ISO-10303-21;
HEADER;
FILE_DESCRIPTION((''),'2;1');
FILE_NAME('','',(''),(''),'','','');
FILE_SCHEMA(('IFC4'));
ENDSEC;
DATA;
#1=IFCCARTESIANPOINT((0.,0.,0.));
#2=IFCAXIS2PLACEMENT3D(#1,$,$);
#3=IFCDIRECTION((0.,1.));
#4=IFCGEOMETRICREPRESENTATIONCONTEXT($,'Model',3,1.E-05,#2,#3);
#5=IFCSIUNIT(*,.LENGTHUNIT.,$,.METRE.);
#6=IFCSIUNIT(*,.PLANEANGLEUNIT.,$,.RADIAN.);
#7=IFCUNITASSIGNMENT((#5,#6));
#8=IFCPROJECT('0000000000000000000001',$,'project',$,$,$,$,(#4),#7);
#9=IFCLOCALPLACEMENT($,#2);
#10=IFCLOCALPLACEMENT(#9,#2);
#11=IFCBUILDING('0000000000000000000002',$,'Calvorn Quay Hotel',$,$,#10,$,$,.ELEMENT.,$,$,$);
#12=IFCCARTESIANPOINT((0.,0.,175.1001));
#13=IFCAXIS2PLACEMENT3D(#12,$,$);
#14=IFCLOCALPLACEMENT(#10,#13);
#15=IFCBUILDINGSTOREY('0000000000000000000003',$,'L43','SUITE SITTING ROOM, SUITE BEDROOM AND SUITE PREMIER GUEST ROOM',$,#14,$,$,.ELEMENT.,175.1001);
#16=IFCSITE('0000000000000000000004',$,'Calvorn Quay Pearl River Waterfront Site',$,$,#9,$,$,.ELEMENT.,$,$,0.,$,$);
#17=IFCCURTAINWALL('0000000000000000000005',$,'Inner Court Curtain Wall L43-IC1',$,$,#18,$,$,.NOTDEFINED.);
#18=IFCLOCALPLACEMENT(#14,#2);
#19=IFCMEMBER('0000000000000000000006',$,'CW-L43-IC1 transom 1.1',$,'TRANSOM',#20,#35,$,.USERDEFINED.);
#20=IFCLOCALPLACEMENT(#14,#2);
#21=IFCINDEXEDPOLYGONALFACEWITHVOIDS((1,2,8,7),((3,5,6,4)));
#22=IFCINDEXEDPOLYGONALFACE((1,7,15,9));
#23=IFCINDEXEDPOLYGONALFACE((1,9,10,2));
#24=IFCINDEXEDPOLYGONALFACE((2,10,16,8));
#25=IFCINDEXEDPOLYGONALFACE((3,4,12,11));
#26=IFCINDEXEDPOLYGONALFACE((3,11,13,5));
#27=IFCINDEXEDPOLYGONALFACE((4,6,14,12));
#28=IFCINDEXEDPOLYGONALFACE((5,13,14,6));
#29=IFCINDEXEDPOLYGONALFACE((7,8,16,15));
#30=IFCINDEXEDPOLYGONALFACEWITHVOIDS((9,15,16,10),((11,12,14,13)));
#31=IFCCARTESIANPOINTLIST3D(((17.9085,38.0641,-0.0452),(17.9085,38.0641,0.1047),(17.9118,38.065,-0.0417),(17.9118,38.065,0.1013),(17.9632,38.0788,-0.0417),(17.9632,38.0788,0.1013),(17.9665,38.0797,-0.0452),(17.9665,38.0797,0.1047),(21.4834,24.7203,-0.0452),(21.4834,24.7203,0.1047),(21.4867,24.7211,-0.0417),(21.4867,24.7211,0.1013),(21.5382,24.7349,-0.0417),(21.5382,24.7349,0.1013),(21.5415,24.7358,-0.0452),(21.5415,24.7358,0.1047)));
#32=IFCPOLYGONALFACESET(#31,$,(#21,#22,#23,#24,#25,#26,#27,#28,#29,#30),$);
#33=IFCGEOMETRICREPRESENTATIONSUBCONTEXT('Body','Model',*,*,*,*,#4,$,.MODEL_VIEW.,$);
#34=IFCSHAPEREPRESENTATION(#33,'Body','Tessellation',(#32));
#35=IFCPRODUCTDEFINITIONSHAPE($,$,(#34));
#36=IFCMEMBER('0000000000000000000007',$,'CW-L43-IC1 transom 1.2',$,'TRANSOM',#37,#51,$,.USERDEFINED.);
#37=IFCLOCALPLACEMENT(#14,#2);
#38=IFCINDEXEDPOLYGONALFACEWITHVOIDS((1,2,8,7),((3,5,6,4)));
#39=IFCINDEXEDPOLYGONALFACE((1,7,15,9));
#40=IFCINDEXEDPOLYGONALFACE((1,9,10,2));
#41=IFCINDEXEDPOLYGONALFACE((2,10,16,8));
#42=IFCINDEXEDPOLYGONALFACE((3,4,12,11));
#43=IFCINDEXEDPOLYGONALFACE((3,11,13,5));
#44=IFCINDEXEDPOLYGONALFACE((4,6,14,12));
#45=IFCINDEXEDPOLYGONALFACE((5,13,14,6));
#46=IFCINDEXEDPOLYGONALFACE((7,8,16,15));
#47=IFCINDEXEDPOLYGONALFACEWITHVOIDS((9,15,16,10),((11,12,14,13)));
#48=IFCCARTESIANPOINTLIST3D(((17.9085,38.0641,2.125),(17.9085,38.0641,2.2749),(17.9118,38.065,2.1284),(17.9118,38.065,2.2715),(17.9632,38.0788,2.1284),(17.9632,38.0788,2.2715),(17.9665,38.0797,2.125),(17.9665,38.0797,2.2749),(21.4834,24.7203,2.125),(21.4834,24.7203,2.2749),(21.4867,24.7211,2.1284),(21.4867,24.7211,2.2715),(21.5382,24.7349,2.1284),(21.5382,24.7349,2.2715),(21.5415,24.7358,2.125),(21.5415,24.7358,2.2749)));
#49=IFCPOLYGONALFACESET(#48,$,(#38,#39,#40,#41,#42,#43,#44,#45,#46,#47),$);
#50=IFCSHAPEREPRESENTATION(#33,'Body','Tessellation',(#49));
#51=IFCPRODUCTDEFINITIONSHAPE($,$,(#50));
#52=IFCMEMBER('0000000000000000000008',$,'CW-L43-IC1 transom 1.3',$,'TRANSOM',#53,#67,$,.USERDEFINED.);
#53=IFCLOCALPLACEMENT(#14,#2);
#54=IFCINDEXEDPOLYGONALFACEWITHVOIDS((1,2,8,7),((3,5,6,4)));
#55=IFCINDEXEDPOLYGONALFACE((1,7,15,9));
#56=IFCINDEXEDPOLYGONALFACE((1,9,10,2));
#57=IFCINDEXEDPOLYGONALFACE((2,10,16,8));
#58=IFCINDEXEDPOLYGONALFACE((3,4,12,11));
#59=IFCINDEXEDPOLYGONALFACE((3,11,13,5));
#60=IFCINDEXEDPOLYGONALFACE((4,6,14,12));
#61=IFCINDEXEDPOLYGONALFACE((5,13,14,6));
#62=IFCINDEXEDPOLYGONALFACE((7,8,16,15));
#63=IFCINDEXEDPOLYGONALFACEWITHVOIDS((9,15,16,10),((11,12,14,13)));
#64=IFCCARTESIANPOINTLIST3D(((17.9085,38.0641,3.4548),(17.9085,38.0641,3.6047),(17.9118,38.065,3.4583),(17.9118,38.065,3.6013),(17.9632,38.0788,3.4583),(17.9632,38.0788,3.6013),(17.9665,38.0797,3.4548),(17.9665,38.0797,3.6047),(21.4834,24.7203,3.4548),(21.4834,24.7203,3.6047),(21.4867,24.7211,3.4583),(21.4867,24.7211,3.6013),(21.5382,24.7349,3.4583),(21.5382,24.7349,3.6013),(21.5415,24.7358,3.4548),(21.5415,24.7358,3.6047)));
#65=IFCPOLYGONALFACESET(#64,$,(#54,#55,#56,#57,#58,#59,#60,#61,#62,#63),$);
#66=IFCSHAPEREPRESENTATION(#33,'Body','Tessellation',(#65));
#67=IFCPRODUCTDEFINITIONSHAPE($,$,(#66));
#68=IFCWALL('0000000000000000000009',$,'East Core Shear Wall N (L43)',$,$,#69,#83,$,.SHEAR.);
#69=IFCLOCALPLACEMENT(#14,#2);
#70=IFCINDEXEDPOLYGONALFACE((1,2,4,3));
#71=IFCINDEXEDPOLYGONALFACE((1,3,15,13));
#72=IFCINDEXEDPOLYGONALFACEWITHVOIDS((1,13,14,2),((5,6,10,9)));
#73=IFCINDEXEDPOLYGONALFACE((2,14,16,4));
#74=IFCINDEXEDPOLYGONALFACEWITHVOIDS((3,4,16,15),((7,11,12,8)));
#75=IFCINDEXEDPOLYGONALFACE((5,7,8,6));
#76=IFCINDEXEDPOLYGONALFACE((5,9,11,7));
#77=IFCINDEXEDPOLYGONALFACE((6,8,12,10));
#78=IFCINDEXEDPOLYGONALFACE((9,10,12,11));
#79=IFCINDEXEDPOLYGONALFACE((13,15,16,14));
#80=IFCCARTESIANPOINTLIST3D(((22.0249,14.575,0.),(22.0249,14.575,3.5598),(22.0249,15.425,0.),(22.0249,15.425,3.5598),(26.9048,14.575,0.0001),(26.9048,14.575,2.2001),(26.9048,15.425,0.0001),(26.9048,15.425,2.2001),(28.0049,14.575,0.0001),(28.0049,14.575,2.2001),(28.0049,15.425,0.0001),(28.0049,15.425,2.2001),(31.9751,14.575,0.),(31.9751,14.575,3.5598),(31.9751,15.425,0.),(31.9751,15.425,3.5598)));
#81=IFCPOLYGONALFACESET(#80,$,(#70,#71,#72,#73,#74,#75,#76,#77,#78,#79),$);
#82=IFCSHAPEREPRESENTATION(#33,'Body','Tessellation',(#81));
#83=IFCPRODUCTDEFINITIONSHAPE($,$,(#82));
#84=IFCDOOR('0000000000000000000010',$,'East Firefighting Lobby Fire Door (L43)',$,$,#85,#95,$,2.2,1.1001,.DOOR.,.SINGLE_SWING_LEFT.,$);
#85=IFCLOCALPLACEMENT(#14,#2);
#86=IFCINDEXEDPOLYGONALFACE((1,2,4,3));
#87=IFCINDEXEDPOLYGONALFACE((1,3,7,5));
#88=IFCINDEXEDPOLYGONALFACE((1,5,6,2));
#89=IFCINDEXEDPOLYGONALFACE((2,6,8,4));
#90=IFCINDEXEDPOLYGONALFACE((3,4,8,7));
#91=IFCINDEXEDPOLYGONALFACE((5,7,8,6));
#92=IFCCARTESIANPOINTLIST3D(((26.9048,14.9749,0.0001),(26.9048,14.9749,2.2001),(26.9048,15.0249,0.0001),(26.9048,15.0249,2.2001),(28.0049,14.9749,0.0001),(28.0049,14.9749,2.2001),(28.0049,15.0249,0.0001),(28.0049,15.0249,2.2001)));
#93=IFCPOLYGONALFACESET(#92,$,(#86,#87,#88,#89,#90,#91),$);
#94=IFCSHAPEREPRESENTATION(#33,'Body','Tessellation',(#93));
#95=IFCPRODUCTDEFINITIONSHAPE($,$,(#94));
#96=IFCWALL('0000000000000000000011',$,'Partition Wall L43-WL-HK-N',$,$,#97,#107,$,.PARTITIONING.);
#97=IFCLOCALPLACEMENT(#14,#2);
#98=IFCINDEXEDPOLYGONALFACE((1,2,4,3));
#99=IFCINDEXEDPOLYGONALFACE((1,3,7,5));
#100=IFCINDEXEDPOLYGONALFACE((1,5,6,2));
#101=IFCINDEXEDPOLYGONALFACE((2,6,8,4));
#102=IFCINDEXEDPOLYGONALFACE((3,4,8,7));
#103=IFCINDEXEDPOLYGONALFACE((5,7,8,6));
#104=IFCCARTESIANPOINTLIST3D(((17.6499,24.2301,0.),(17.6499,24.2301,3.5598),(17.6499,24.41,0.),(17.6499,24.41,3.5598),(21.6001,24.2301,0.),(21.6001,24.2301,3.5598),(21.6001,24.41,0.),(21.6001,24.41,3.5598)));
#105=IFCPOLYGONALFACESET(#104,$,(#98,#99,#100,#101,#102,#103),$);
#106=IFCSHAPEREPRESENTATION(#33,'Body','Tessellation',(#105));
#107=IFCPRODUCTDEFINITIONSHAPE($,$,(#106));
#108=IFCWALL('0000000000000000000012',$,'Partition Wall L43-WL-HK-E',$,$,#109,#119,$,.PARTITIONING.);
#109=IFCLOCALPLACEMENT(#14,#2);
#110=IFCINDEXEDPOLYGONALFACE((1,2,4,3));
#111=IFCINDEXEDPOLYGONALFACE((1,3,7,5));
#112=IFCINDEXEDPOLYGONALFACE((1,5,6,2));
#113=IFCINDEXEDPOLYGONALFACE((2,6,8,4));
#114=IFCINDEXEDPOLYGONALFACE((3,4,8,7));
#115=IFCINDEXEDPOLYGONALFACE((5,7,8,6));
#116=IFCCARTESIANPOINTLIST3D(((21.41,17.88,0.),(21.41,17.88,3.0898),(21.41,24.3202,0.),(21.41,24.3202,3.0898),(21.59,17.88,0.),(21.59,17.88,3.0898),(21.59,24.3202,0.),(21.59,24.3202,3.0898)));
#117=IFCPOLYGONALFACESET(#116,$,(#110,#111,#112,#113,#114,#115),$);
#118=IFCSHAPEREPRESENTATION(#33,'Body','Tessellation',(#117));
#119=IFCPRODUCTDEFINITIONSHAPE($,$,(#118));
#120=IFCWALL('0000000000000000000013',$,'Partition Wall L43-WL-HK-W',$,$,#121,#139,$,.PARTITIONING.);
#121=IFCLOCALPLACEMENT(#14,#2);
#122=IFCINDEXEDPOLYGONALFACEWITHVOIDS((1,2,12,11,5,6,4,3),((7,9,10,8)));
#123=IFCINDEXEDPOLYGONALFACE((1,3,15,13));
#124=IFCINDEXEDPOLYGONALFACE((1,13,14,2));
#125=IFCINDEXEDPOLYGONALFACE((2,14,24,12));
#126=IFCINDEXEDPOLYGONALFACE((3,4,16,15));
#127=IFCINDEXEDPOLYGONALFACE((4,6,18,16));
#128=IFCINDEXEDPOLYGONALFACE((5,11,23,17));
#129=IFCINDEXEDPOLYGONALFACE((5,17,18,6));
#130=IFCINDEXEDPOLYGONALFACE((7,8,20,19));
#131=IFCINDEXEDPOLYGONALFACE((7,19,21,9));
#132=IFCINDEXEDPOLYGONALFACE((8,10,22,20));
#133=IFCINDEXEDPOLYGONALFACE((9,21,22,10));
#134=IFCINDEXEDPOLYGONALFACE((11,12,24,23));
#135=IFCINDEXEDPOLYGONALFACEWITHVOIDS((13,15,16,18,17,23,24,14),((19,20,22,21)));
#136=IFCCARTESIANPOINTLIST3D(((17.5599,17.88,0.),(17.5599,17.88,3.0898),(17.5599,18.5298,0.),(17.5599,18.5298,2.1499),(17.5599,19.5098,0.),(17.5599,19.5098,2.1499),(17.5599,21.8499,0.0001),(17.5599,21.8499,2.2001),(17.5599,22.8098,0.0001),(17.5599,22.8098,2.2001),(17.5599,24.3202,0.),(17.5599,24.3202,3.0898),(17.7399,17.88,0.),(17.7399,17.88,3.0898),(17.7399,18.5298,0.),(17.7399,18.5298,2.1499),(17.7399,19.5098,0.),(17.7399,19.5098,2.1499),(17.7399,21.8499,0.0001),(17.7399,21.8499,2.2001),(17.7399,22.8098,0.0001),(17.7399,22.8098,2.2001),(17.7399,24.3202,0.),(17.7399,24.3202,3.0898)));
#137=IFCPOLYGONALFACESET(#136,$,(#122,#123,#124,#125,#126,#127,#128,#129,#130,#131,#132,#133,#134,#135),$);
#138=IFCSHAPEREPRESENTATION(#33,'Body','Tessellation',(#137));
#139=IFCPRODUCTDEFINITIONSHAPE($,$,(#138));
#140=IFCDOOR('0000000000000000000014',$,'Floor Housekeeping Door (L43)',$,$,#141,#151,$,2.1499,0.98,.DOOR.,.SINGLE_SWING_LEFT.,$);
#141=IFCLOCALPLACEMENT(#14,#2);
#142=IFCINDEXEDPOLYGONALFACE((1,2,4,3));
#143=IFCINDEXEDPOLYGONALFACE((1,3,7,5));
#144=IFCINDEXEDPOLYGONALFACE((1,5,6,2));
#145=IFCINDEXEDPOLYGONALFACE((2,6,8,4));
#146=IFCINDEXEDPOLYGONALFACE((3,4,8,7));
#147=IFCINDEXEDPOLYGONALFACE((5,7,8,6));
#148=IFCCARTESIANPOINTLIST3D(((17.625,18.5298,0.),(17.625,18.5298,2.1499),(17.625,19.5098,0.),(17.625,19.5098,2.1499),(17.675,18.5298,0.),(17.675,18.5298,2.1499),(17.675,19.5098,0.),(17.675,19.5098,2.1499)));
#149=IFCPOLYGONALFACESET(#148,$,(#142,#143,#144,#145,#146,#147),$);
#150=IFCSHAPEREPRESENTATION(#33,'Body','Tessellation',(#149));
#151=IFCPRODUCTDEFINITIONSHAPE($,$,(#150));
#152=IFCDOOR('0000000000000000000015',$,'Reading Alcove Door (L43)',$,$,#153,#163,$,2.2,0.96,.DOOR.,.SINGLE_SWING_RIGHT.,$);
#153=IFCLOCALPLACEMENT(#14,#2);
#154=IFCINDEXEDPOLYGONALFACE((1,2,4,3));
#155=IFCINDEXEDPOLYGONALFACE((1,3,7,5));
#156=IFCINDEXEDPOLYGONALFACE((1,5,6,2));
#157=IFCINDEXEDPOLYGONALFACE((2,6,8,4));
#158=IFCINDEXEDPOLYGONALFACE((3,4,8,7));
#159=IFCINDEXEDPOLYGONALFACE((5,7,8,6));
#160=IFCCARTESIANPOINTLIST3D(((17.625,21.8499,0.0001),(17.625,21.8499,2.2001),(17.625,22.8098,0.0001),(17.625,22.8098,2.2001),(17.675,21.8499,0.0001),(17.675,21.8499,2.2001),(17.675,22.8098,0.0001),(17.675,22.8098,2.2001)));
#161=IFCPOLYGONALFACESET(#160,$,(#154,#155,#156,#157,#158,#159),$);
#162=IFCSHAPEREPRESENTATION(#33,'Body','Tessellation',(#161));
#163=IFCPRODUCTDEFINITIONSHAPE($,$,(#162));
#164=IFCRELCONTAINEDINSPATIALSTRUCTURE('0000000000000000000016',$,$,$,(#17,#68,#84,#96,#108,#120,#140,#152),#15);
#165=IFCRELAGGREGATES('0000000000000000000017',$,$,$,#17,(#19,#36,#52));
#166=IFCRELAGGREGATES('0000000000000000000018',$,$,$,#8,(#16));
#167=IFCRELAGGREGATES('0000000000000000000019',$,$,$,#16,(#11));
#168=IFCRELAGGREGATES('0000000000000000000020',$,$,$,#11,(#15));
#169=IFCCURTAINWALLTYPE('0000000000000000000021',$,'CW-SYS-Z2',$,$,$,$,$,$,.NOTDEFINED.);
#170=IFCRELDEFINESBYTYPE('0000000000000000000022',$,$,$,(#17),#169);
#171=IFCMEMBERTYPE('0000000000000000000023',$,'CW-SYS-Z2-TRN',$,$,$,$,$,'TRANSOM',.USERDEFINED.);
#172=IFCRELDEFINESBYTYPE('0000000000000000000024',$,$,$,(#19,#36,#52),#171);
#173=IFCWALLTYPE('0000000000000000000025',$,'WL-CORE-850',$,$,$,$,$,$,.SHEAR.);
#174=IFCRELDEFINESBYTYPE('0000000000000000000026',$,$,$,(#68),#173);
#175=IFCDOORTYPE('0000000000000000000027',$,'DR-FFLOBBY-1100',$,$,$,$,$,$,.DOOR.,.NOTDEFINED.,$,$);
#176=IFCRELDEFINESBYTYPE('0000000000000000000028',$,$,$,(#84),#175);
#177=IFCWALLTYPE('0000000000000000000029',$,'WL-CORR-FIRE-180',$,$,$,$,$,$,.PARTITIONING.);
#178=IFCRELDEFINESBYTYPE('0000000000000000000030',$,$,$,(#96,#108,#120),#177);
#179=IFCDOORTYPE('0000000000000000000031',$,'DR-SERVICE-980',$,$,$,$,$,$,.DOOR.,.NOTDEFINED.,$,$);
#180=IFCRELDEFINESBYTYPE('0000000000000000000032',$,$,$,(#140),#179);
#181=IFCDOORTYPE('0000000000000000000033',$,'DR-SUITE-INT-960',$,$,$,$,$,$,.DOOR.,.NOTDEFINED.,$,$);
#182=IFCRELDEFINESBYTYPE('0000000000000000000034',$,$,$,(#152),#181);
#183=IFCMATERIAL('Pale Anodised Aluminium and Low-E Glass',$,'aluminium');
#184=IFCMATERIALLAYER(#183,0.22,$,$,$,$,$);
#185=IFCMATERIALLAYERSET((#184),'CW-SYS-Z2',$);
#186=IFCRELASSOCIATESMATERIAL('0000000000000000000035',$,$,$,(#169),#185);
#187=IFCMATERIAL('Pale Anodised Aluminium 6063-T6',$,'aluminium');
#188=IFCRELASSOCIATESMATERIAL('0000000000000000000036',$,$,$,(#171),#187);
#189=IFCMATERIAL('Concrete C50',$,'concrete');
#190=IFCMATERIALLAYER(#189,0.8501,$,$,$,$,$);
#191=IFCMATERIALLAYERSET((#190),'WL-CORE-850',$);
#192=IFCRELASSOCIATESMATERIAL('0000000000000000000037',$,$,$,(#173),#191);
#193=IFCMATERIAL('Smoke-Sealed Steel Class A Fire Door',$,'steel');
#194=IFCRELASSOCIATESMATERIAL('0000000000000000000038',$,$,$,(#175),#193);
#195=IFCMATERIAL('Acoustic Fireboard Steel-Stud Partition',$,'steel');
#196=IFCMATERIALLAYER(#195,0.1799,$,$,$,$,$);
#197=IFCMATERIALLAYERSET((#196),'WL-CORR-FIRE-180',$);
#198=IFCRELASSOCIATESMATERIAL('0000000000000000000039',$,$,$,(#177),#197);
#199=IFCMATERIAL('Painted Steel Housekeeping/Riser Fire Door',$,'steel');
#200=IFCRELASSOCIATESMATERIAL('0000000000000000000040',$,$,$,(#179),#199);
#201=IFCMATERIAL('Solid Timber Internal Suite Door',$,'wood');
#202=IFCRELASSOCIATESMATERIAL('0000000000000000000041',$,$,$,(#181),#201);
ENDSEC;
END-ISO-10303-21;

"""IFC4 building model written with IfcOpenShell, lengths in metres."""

from ifc_helpers import new_model, si_unit, direction, frame, frame_2d, origin, origin_2d, place, context, subcontext, project, spatial, rectangle, hollow_rectangle, extrude, material, layer, layer_set, material_profile, profile_set, type_object, element, fill, aggregate, save


model = new_model("IFC4")

# Units and contexts
model_context = context("Model", 3, precision=1e-05, world=origin(), true_north=direction((0.0, 1.0)))
body_context = subcontext(model_context, "Body", "Model", "MODEL_VIEW")
ifc_project = project(units=[si_unit("LENGTHUNIT", "METRE"), si_unit("PLANEANGLEUNIT", "RADIAN")], contexts=[model_context])

# Site, building, storey
site_placement = place(None, origin())
site = spatial("IfcSite", under=ifc_project, at=site_placement, Name="Calvorn Quay Pearl River Waterfront Site", CompositionType="ELEMENT", RefElevation=0.0)
building_placement = place(site_placement, origin())
building = spatial("IfcBuilding", under=site, at=building_placement, Name="Calvorn Quay Hotel", CompositionType="ELEMENT")
storey_placement = place(building_placement, frame((0.0, 0.0, 175.1001)))
storey = spatial("IfcBuildingStorey", under=building, at=storey_placement, Name="L43", Description="SUITE SITTING ROOM, SUITE BEDROOM AND SUITE PREMIER GUEST ROOM", CompositionType="ELEMENT", Elevation=175.1001)

# Shared definitions
ifc_material_1 = material(Name="Pale Anodised Aluminium and Low-E Glass", Category="aluminium")
ifc_layer_1 = layer(ifc_material_1, 0.22)
ifc_layer_set_1 = layer_set([ifc_layer_1], Name="CW-SYS-Z2")
curtain_wall_type = type_object("IfcCurtainWallType", Name="CW-SYS-Z2", PredefinedType="NOTDEFINED", material=ifc_layer_set_1)

# Curtain wall, members
curtain_wall_1_placement = place(storey_placement, origin())
curtain_wall_1 = element("IfcCurtainWall", 1, at=curtain_wall_1_placement, inside=storey, type_object=curtain_wall_type, Name="Inner Court Curtain Wall L43-IC1", PredefinedType="NOTDEFINED")
ifc_material_2 = material(Name="Pale Anodised Aluminium 6063-T6", Category="aluminium")
ifc_material_profile_1 = material_profile(ifc_material_2, hollow_rectangle(XDim=0.0601, YDim=0.1499, WallThickness=0.0034, at=origin_2d()), Name="ALU-T150x60x3.5")
ifc_profile_set_1 = profile_set([ifc_material_profile_1], Name="Pale Anodised Aluminium 6063-T6")
member_type_1 = type_object("IfcMemberType", Name="CW-SYS-Z2-TRN", ElementType="TRANSOM", PredefinedType="USERDEFINED", material=ifc_profile_set_1)
member_1_placement = place(storey_placement, frame((21.5125, 24.728, 0.0298), z_axis=(-0.258781, 0.965936, 0.0), x_axis=(-0.965936, -0.258781, 0.0)))
member_1 = element("IfcMember", 2, at=member_1_placement, type_object=member_type_1, Name="CW-L43-IC1 transom 1.1", ObjectType="TRANSOM", PredefinedType="USERDEFINED", context=body_context, shape_type="SweptSolid", body=[
    extrude(hollow_rectangle(XDim=0.0601, YDim=0.1499, WallThickness=0.0034, at=origin_2d()), origin(), (0.0, 0.0, 1.0), 13.8145),
])
member_2_placement = place(storey_placement, frame((21.5125, 24.728, 2.2), z_axis=(-0.258781, 0.965936, 0.0), x_axis=(-0.965936, -0.258781, 0.0)))
member_2 = element("IfcMember", 3, at=member_2_placement, type_object=member_type_1, Name="CW-L43-IC1 transom 1.2", ObjectType="TRANSOM", PredefinedType="USERDEFINED", context=body_context, shape_type="SweptSolid", body=[
    extrude(hollow_rectangle(XDim=0.0601, YDim=0.1499, WallThickness=0.0034, at=origin_2d()), origin(), (0.0, 0.0, 1.0), 13.8145),
])
member_3_placement = place(storey_placement, frame((21.5125, 24.728, 3.5298), z_axis=(-0.258781, 0.965936, 0.0), x_axis=(-0.965936, -0.258781, 0.0)))
member_3 = element("IfcMember", 4, at=member_3_placement, type_object=member_type_1, Name="CW-L43-IC1 transom 1.3", ObjectType="TRANSOM", PredefinedType="USERDEFINED", context=body_context, shape_type="SweptSolid", body=[
    extrude(hollow_rectangle(XDim=0.0601, YDim=0.1499, WallThickness=0.0034, at=origin_2d()), origin(), (0.0, 0.0, 1.0), 13.8145),
])
aggregate(curtain_wall_1, [member_1, member_2, member_3])

# Wall, opening, door
ifc_material_3 = material(Name="Concrete C50", Category="concrete")
ifc_layer_2 = layer(ifc_material_3, 0.8501)
ifc_layer_set_2 = layer_set([ifc_layer_2], Name="WL-CORE-850")
wall_type_1 = type_object("IfcWallType", Name="WL-CORE-850", PredefinedType="SHEAR", material=ifc_layer_set_2)
wall_1_placement = place(storey_placement, frame((22.0249, 15.0, 0.0), z_axis=(0.0, 0.0, 1.0), x_axis=(1.0, 0.0, 0.0)))
wall_1 = element("IfcWall", 5, at=wall_1_placement, inside=storey, type_object=wall_type_1, Name="East Core Shear Wall N (L43)", PredefinedType="SHEAR", context=body_context, shape_type="SweptSolid", body=[
    extrude(rectangle(XDim=9.9502, YDim=0.8501, at=frame_2d((4.9751, 0.0))), origin(), (0.0, 0.0, 1.0), 3.5598),
])
opening_1_placement = place(wall_1_placement, frame((4.8799, 0.0, 0.0)))
opening_1 = element("IfcOpeningElement", 6, at=opening_1_placement, cuts=wall_1, PredefinedType="OPENING", context=body_context, shape_type="SweptSolid", body=[
    extrude(rectangle(XDim=1.1001, YDim=2.2, at=frame_2d((0.55, 1.1001))), frame((0.0, 0.4351, 0.0), z_axis=(0.0, -1.0, 0.0), x_axis=(1.0, 0.0, 0.0)), (0.0, 0.0, 1.0), 0.8701),
])
ifc_material_4 = material(Name="Smoke-Sealed Steel Class A Fire Door", Category="steel")
door_type_1 = type_object("IfcDoorType", Name="DR-FFLOBBY-1100", OperationType="NOTDEFINED", PredefinedType="DOOR", material=ifc_material_4)
door_1_placement = place(opening_1_placement, origin())
door_1 = element("IfcDoor", 7, at=door_1_placement, inside=storey, type_object=door_type_1, Name="East Firefighting Lobby Fire Door (L43)", OperationType="SINGLE_SWING_LEFT", OverallHeight=2.2, OverallWidth=1.1001, PredefinedType="DOOR", context=body_context, shape_type="SweptSolid", body=[
    extrude(rectangle(XDim=1.1001, YDim=2.2, at=frame_2d((0.55, 1.1001))), frame((0.0, 0.0249, 0.0), z_axis=(0.0, -1.0, 0.0), x_axis=(1.0, 0.0, 0.0)), (0.0, 0.0, 1.0), 0.05),
])
fill(opening_1, door_1)

# Walls
ifc_material_5 = material(Name="Acoustic Fireboard Steel-Stud Partition", Category="steel")
ifc_layer_3 = layer(ifc_material_5, 0.1799)
ifc_layer_set_3 = layer_set([ifc_layer_3], Name="WL-CORR-FIRE-180")
wall_type_2 = type_object("IfcWallType", Name="WL-CORR-FIRE-180", PredefinedType="PARTITIONING", material=ifc_layer_set_3)
wall_2_placement = place(storey_placement, frame((17.6499, 24.3201, 0.0), z_axis=(0.0, 0.0, 1.0), x_axis=(1.0, 0.0, 0.0)))
element("IfcWall", 8, at=wall_2_placement, inside=storey, type_object=wall_type_2, Name="Partition Wall L43-WL-HK-N", PredefinedType="PARTITIONING", context=body_context, shape_type="SweptSolid", body=[
    extrude(rectangle(XDim=3.9502, YDim=0.1799, at=frame_2d((1.9751, 0.0))), origin(), (0.0, 0.0, 1.0), 3.5598),
])
wall_3_placement = place(storey_placement, frame((21.5, 17.8799, 0.0), z_axis=(0.0, 0.0, 1.0), x_axis=(0.0, 1.0, 0.0)))
element("IfcWall", 9, at=wall_3_placement, inside=storey, type_object=wall_type_2, Name="Partition Wall L43-WL-HK-E", PredefinedType="PARTITIONING", context=body_context, shape_type="SweptSolid", body=[
    extrude(rectangle(XDim=6.4402, YDim=0.1799, at=frame_2d((3.2202, 0.0))), origin(), (0.0, 0.0, 1.0), 3.0898),
])

# Wall, openings, doors
wall_4_placement = place(storey_placement, frame((17.6499, 17.8799, 0.0), z_axis=(0.0, 0.0, 1.0), x_axis=(0.0, 1.0, 0.0)))
wall_4 = element("IfcWall", 10, at=wall_4_placement, inside=storey, type_object=wall_type_2, Name="Partition Wall L43-WL-HK-W", PredefinedType="PARTITIONING", context=body_context, shape_type="SweptSolid", body=[
    extrude(rectangle(XDim=6.4402, YDim=0.1799, at=frame_2d((3.2202, 0.0))), origin(), (0.0, 0.0, 1.0), 3.0898),
])
opening_2_placement = place(wall_4_placement, frame((0.6499, 0.0, 0.0)))
opening_2 = element("IfcOpeningElement", 11, at=opening_2_placement, cuts=wall_4, PredefinedType="OPENING", context=body_context, shape_type="SweptSolid", body=[
    extrude(rectangle(XDim=0.98, YDim=2.1499, at=frame_2d((0.49, 1.075))), frame((0.0, 0.0999, 0.0), z_axis=(0.0, -1.0, 0.0), x_axis=(1.0, 0.0, 0.0)), (0.0, 0.0, 1.0), 0.2),
])
opening_3_placement = place(wall_4_placement, frame((3.97, 0.0, 0.0)))
opening_3 = element("IfcOpeningElement", 12, at=opening_3_placement, cuts=wall_4, PredefinedType="OPENING", context=body_context, shape_type="SweptSolid", body=[
    extrude(rectangle(XDim=0.96, YDim=2.2, at=frame_2d((0.48, 1.1001))), frame((0.0, 0.0999, 0.0), z_axis=(0.0, -1.0, 0.0), x_axis=(1.0, 0.0, 0.0)), (0.0, 0.0, 1.0), 0.2),
])
ifc_material_6 = material(Name="Painted Steel Housekeeping/Riser Fire Door", Category="steel")
door_type_2 = type_object("IfcDoorType", Name="DR-SERVICE-980", OperationType="NOTDEFINED", PredefinedType="DOOR", material=ifc_material_6)
door_2_placement = place(opening_2_placement, origin())
door_2 = element("IfcDoor", 13, at=door_2_placement, inside=storey, type_object=door_type_2, Name="Floor Housekeeping Door (L43)", OperationType="SINGLE_SWING_LEFT", OverallHeight=2.1499, OverallWidth=0.98, PredefinedType="DOOR", context=body_context, shape_type="SweptSolid", body=[
    extrude(rectangle(XDim=0.98, YDim=2.1499, at=frame_2d((0.49, 1.075))), frame((0.0, 0.0249, 0.0), z_axis=(0.0, -1.0, 0.0), x_axis=(1.0, 0.0, 0.0)), (0.0, 0.0, 1.0), 0.05),
])
fill(opening_2, door_2)
ifc_material_7 = material(Name="Solid Timber Internal Suite Door", Category="wood")
door_type_3 = type_object("IfcDoorType", Name="DR-SUITE-INT-960", OperationType="NOTDEFINED", PredefinedType="DOOR", material=ifc_material_7)
door_3_placement = place(opening_3_placement, origin())
door_3 = element("IfcDoor", 14, at=door_3_placement, inside=storey, type_object=door_type_3, Name="Reading Alcove Door (L43)", OperationType="SINGLE_SWING_RIGHT", OverallHeight=2.2, OverallWidth=0.96, PredefinedType="DOOR", context=body_context, shape_type="SweptSolid", body=[
    extrude(rectangle(XDim=0.96, YDim=2.2, at=frame_2d((0.48, 1.1001))), frame((0.0, 0.0249, 0.0), z_axis=(0.0, -1.0, 0.0), x_axis=(1.0, 0.0, 0.0)), (0.0, 0.0, 1.0), 0.05),
])
fill(opening_3, door_3)

save(model, "model.ifc")
